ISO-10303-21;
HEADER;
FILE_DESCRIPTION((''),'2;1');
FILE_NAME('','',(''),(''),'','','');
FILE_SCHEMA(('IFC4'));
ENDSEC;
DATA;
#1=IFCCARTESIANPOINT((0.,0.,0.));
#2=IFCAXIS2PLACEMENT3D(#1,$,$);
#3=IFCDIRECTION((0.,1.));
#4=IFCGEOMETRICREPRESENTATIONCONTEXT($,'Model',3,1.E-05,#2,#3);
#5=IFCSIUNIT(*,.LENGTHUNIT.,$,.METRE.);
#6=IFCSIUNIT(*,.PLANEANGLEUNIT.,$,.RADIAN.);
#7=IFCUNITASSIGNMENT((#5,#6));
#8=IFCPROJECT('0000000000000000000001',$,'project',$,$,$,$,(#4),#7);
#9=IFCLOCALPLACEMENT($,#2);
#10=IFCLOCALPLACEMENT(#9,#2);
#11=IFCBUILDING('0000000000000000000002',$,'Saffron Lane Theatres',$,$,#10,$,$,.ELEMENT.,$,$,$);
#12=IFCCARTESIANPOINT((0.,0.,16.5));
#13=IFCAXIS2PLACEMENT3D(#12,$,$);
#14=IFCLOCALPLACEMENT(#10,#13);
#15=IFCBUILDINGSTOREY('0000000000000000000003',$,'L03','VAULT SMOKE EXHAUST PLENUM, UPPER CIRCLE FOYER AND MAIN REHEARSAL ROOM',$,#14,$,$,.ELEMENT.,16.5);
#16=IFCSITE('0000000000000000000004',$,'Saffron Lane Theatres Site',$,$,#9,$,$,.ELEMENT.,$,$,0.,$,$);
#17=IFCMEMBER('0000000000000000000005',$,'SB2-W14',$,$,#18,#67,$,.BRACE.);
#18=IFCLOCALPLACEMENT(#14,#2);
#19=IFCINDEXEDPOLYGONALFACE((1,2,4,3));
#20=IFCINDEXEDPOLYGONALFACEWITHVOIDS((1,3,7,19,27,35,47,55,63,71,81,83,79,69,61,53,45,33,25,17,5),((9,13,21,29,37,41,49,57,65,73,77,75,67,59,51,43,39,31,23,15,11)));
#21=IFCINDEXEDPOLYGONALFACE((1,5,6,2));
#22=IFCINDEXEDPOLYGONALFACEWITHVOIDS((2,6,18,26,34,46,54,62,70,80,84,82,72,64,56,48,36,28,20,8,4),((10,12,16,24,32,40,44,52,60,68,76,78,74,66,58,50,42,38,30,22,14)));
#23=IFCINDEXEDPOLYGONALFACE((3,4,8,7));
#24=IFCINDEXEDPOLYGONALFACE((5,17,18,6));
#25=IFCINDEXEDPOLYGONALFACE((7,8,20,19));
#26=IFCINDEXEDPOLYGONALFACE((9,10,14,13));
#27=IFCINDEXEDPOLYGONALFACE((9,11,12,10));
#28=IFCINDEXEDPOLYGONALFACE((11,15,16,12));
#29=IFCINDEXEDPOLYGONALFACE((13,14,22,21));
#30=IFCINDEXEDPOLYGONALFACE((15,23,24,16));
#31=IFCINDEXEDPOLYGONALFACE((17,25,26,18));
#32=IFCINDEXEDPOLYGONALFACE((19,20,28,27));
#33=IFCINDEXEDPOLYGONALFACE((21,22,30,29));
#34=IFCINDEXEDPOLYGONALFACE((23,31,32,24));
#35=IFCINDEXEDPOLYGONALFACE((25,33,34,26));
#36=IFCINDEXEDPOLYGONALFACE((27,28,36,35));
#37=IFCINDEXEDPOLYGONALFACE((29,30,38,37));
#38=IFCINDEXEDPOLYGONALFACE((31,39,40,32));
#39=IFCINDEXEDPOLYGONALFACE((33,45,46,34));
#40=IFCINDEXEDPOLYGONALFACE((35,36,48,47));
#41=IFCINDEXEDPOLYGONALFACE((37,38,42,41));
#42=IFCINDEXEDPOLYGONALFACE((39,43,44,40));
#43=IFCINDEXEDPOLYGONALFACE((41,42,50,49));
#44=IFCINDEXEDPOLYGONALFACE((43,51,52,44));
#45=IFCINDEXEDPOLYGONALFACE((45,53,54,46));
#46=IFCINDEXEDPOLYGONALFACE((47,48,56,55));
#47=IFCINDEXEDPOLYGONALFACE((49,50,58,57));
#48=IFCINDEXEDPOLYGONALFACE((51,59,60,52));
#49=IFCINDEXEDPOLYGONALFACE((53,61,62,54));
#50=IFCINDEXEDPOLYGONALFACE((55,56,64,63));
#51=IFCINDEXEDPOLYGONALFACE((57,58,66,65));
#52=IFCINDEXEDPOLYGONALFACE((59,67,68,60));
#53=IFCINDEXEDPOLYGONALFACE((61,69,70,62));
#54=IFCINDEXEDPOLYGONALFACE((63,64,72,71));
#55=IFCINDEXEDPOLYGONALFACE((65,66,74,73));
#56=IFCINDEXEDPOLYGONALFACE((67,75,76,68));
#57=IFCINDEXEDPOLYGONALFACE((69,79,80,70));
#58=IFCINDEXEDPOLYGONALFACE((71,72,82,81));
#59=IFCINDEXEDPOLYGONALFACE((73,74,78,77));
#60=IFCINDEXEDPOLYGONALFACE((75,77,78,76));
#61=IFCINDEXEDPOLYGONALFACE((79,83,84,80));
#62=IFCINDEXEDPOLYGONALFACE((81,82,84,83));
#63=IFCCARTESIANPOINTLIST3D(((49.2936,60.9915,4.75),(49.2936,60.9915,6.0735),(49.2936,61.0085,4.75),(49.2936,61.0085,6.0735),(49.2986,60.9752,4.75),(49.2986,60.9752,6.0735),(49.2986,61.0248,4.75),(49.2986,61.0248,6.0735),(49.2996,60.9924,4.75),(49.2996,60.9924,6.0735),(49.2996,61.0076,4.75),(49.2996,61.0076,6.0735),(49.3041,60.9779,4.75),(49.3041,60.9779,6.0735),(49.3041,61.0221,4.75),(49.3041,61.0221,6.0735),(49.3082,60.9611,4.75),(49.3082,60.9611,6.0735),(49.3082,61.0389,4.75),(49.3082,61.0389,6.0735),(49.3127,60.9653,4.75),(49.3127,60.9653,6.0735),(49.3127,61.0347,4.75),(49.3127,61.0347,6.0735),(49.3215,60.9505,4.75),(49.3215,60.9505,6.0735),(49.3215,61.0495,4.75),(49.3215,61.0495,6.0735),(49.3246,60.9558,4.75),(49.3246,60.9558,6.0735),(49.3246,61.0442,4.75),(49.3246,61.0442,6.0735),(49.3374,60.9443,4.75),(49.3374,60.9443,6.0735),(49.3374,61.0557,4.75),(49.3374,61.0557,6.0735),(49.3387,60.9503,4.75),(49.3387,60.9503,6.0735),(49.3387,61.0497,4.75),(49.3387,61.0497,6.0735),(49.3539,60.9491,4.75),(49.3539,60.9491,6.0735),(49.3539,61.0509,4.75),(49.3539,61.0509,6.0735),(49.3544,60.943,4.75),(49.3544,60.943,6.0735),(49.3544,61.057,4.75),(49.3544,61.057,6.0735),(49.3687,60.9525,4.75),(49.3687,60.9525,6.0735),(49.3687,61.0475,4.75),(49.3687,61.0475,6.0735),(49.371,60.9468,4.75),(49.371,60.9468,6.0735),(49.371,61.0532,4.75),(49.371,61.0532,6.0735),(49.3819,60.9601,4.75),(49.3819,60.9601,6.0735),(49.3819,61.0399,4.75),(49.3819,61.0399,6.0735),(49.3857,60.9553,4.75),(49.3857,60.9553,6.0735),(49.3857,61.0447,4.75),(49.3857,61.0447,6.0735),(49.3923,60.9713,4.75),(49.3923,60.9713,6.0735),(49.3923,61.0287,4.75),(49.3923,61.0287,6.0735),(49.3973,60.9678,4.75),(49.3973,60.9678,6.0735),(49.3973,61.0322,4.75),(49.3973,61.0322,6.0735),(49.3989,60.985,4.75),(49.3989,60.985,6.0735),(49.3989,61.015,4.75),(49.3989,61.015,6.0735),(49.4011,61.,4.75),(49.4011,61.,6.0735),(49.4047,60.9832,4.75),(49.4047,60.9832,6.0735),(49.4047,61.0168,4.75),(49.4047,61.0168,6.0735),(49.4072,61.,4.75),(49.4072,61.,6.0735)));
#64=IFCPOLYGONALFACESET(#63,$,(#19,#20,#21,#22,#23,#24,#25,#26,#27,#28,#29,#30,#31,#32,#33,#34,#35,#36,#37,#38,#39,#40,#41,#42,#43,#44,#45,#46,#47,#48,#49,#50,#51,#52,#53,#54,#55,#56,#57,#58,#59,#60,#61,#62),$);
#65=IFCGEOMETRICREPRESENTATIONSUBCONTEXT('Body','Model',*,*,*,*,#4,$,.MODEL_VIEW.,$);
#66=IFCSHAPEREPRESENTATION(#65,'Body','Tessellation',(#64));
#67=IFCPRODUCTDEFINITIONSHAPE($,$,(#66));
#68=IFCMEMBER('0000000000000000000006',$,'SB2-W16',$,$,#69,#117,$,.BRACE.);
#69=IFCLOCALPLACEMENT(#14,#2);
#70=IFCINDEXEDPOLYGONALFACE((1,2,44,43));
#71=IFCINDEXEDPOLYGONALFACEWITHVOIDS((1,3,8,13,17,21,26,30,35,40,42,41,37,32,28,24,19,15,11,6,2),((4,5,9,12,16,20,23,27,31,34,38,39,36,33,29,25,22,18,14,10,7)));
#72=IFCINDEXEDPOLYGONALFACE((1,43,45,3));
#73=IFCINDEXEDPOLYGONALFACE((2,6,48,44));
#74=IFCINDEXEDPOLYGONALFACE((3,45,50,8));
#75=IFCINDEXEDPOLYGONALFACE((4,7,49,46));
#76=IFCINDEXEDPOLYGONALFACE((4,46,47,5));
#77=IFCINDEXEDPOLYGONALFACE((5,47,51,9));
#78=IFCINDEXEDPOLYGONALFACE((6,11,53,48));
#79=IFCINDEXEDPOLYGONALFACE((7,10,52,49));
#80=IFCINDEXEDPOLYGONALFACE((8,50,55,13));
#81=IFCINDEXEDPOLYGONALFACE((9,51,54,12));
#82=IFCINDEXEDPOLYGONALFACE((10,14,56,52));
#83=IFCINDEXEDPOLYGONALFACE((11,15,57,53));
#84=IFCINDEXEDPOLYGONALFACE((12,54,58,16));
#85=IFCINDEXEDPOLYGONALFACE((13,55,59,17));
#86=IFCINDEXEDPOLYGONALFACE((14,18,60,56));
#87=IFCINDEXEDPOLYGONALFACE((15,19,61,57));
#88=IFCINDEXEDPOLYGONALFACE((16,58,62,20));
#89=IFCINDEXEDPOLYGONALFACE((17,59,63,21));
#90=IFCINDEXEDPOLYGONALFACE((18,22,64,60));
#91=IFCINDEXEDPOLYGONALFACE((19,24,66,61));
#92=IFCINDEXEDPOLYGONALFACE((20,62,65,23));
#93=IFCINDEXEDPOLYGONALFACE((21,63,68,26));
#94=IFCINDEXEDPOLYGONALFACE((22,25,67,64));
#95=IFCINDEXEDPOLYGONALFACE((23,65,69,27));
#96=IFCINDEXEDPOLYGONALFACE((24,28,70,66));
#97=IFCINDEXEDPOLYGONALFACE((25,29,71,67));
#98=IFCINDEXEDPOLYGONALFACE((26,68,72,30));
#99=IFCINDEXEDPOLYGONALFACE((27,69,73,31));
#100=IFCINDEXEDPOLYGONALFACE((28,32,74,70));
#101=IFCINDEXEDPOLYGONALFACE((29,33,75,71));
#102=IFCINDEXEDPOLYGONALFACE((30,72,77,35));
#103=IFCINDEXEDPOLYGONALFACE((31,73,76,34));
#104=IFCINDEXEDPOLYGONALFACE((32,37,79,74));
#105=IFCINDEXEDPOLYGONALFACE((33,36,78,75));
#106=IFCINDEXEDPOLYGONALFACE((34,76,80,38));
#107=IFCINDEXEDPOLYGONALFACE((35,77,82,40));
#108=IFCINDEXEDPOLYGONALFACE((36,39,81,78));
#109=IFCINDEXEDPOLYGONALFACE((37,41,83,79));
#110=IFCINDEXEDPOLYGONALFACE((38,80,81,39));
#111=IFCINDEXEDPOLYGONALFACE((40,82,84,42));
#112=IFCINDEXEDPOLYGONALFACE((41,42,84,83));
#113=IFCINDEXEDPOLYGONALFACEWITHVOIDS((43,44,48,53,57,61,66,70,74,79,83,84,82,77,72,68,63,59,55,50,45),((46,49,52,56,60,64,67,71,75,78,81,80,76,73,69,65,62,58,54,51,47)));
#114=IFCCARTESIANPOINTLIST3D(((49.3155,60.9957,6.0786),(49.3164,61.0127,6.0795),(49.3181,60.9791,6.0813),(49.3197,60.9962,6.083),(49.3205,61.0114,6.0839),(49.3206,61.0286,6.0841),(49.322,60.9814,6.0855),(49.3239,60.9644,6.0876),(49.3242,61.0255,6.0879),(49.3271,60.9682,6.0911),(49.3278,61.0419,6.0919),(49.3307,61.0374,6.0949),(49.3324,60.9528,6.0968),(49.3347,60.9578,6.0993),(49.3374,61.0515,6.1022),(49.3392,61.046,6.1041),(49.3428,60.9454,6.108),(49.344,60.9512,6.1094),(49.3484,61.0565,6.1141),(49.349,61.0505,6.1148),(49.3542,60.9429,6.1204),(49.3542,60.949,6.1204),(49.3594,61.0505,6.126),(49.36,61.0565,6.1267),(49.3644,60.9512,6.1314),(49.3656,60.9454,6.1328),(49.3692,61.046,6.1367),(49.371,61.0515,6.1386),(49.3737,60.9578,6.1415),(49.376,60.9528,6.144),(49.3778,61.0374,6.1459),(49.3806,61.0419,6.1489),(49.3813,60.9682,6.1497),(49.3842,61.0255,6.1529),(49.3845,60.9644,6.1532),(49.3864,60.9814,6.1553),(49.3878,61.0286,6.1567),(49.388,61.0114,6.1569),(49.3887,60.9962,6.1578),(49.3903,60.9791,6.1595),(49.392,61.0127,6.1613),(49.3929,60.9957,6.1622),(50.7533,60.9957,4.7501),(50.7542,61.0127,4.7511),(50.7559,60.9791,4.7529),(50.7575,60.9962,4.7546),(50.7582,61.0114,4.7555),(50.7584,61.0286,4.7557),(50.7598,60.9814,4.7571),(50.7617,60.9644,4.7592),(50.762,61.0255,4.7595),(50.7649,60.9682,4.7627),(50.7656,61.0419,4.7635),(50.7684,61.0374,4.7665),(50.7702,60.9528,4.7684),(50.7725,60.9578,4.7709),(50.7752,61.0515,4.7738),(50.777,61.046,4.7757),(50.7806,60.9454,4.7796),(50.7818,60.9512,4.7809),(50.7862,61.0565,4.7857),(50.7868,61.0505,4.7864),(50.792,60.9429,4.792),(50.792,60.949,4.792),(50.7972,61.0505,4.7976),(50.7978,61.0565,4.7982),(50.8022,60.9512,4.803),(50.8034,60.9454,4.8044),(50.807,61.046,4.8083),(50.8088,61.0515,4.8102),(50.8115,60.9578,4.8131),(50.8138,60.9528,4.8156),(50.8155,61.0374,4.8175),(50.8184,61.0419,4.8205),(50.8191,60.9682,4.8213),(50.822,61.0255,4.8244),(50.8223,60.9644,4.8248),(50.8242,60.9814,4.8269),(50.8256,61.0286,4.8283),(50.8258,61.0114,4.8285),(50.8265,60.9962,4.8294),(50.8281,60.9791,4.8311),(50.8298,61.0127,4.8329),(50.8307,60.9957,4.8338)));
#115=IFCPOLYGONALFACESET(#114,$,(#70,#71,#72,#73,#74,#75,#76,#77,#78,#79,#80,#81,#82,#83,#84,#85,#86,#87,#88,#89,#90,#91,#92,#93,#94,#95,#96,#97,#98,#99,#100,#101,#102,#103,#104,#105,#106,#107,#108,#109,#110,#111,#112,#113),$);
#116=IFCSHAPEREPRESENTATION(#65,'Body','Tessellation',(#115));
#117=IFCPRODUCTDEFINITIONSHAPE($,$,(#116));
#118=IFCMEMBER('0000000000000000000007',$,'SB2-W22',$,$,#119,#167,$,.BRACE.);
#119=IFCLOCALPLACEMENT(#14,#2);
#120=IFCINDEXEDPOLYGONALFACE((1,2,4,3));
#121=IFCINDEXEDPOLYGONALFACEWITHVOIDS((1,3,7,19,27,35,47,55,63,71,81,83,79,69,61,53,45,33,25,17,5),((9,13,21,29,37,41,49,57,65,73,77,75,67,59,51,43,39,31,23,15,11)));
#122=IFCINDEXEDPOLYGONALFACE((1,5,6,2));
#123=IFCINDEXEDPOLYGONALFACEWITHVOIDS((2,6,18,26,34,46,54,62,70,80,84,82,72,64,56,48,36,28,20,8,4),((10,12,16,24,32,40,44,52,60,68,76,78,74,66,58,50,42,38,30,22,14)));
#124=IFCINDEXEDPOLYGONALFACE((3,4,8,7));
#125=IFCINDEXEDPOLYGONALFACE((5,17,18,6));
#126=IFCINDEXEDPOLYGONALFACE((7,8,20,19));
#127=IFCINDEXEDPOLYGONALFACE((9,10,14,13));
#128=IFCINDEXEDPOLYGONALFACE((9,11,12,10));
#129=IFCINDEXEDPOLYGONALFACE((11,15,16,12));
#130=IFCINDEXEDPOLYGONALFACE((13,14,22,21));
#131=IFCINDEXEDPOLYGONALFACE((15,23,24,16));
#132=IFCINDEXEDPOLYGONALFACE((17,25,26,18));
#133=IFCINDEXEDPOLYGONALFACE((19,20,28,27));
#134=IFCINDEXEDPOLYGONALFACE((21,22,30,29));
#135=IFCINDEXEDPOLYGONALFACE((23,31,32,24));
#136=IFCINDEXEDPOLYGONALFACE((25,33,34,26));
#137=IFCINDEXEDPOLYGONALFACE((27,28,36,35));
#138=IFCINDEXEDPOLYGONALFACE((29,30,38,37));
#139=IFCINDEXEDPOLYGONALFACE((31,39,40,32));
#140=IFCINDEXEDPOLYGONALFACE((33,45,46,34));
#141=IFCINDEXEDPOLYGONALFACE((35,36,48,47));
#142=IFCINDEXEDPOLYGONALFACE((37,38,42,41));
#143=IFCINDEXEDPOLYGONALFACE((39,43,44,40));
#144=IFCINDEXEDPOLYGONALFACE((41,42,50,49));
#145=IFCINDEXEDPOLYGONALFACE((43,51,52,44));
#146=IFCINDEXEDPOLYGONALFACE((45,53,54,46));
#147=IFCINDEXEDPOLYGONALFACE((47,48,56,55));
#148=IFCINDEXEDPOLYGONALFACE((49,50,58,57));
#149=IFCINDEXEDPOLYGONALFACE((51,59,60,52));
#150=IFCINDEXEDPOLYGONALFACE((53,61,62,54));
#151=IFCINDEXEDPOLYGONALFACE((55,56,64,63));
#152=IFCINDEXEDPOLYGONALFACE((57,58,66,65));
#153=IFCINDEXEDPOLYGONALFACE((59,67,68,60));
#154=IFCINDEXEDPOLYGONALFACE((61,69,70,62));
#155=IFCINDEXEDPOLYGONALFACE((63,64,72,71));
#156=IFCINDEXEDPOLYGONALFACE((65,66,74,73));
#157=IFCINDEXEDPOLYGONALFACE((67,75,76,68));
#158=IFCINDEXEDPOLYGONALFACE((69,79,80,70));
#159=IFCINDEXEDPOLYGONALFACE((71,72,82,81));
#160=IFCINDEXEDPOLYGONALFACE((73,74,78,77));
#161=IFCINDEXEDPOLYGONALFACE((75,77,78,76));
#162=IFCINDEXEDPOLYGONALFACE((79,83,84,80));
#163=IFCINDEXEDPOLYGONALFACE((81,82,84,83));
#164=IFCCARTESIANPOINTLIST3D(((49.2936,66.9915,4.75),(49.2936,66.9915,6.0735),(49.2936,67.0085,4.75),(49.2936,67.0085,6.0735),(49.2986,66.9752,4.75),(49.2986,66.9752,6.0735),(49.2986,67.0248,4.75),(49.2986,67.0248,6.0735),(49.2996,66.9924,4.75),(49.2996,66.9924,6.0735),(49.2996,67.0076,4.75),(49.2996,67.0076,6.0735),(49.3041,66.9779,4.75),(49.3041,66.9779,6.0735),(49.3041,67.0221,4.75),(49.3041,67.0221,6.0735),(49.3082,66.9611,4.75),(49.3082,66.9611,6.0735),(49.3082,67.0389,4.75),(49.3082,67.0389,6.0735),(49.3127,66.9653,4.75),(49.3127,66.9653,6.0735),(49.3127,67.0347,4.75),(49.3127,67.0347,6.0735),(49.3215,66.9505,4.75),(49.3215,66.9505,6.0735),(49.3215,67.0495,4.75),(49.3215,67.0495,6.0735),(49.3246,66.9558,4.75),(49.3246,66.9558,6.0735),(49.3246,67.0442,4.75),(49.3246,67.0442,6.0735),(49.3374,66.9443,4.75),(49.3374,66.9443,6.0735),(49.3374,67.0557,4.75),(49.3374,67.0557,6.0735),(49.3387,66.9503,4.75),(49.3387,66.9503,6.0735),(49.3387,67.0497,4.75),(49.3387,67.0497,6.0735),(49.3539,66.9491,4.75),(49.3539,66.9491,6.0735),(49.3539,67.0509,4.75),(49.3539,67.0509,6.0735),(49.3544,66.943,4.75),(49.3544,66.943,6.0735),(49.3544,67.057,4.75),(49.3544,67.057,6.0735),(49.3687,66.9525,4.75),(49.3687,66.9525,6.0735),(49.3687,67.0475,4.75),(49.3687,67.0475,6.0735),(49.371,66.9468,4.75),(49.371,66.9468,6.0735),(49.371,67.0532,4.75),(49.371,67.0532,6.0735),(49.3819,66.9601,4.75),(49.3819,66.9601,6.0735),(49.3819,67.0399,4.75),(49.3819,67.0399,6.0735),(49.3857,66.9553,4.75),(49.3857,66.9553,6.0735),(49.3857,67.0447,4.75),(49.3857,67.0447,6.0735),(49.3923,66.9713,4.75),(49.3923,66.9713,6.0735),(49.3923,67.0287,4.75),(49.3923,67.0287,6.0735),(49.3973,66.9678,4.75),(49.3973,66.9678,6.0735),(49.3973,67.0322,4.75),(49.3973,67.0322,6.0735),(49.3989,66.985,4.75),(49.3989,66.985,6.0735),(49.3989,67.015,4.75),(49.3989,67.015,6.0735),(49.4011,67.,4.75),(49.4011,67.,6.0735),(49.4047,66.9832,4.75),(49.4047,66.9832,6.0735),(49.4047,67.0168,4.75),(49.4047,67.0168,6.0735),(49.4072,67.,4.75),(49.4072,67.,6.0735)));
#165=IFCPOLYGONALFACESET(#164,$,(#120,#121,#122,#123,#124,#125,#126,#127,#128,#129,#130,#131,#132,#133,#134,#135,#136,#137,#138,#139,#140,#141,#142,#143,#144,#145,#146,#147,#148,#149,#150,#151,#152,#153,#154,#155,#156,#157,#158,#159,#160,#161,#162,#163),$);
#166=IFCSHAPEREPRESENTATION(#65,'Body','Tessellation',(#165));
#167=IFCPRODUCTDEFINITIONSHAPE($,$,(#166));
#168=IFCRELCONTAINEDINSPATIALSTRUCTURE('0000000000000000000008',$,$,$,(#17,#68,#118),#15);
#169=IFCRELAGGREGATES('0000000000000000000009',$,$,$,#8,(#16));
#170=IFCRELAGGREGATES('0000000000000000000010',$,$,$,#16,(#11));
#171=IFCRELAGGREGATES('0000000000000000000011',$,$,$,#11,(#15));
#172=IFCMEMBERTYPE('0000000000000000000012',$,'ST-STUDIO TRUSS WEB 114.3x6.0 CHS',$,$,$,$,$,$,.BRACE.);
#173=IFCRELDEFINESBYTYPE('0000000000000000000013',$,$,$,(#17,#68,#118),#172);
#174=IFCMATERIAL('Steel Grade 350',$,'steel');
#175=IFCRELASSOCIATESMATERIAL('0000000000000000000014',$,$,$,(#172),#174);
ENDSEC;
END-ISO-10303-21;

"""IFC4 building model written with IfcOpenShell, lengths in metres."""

from ifc_helpers import new_model, si_unit, direction, frame, origin, origin_2d, place, context, subcontext, project, spatial, hollow_circle, extrude, material, material_profile, profile_set, type_object, element, save


model = new_model("IFC4")

# Units and contexts
model_context = context("Model", 3, precision=1e-05, world=origin(), true_north=direction((0.0, 1.0)))
body_context = subcontext(model_context, "Body", "Model", "MODEL_VIEW")
ifc_project = project(units=[si_unit("LENGTHUNIT", "METRE"), si_unit("PLANEANGLEUNIT", "RADIAN")], contexts=[model_context])

# Site, building, storey
site_placement = place(None, origin())
site = spatial("IfcSite", under=ifc_project, at=site_placement, Name="Saffron Lane Theatres Site", CompositionType="ELEMENT", RefElevation=0.0)
building_placement = place(site_placement, origin())
building = spatial("IfcBuilding", under=site, at=building_placement, Name="Saffron Lane Theatres", CompositionType="ELEMENT")
storey_placement = place(building_placement, frame((0.0, 0.0, 16.5)))
storey = spatial("IfcBuildingStorey", under=building, at=storey_placement, Name="L03", Description="VAULT SMOKE EXHAUST PLENUM, UPPER CIRCLE FOYER AND MAIN REHEARSAL ROOM", CompositionType="ELEMENT", Elevation=16.5)

# Members
ifc_material_1 = material(Name="Steel Grade 350", Category="steel")
ifc_material_profile_1 = material_profile(ifc_material_1, hollow_circle(Radius=0.0571, WallThickness=0.0061, at=origin_2d()))
ifc_profile_set_1 = profile_set([ifc_material_profile_1], Name="Steel Grade 350")
member_type_1 = type_object("IfcMemberType", Name="ST-STUDIO TRUSS WEB 114.3x6.0 CHS", PredefinedType="BRACE", material=ifc_profile_set_1)
member_1_placement = place(storey_placement, frame((49.3501, 61.0, 4.75), z_axis=(0.0, 0.0, 1.0), x_axis=(1.0, 0.0, 0.0)))
element("IfcMember", 1, at=member_1_placement, inside=storey, type_object=member_type_1, Name="SB2-W14", PredefinedType="BRACE", context=body_context, shape_type="SweptSolid", body=[
    extrude(hollow_circle(Radius=0.0571, WallThickness=0.0061, at=origin_2d()), origin(), (0.0, 0.0, 1.0), 1.3235),
])
member_2_placement = place(storey_placement, frame((50.792, 61.0, 4.792), z_axis=(-0.734493, 0.0, 0.678617), x_axis=(0.0, -1.0, 0.0)))
element("IfcMember", 2, at=member_2_placement, inside=storey, type_object=member_type_1, Name="SB2-W16", PredefinedType="BRACE", context=body_context, shape_type="SweptSolid", body=[
    extrude(hollow_circle(Radius=0.0571, WallThickness=0.0061, at=origin_2d()), origin(), (0.0, 0.0, 1.0), 1.9575),
])
member_3_placement = place(storey_placement, frame((49.3501, 67.0, 4.75), z_axis=(0.0, 0.0, 1.0), x_axis=(1.0, 0.0, 0.0)))
element("IfcMember", 3, at=member_3_placement, inside=storey, type_object=member_type_1, Name="SB2-W22", PredefinedType="BRACE", context=body_context, shape_type="SweptSolid", body=[
    extrude(hollow_circle(Radius=0.0571, WallThickness=0.0061, at=origin_2d()), origin(), (0.0, 0.0, 1.0), 1.3235),
])

save(model, "model.ifc")
